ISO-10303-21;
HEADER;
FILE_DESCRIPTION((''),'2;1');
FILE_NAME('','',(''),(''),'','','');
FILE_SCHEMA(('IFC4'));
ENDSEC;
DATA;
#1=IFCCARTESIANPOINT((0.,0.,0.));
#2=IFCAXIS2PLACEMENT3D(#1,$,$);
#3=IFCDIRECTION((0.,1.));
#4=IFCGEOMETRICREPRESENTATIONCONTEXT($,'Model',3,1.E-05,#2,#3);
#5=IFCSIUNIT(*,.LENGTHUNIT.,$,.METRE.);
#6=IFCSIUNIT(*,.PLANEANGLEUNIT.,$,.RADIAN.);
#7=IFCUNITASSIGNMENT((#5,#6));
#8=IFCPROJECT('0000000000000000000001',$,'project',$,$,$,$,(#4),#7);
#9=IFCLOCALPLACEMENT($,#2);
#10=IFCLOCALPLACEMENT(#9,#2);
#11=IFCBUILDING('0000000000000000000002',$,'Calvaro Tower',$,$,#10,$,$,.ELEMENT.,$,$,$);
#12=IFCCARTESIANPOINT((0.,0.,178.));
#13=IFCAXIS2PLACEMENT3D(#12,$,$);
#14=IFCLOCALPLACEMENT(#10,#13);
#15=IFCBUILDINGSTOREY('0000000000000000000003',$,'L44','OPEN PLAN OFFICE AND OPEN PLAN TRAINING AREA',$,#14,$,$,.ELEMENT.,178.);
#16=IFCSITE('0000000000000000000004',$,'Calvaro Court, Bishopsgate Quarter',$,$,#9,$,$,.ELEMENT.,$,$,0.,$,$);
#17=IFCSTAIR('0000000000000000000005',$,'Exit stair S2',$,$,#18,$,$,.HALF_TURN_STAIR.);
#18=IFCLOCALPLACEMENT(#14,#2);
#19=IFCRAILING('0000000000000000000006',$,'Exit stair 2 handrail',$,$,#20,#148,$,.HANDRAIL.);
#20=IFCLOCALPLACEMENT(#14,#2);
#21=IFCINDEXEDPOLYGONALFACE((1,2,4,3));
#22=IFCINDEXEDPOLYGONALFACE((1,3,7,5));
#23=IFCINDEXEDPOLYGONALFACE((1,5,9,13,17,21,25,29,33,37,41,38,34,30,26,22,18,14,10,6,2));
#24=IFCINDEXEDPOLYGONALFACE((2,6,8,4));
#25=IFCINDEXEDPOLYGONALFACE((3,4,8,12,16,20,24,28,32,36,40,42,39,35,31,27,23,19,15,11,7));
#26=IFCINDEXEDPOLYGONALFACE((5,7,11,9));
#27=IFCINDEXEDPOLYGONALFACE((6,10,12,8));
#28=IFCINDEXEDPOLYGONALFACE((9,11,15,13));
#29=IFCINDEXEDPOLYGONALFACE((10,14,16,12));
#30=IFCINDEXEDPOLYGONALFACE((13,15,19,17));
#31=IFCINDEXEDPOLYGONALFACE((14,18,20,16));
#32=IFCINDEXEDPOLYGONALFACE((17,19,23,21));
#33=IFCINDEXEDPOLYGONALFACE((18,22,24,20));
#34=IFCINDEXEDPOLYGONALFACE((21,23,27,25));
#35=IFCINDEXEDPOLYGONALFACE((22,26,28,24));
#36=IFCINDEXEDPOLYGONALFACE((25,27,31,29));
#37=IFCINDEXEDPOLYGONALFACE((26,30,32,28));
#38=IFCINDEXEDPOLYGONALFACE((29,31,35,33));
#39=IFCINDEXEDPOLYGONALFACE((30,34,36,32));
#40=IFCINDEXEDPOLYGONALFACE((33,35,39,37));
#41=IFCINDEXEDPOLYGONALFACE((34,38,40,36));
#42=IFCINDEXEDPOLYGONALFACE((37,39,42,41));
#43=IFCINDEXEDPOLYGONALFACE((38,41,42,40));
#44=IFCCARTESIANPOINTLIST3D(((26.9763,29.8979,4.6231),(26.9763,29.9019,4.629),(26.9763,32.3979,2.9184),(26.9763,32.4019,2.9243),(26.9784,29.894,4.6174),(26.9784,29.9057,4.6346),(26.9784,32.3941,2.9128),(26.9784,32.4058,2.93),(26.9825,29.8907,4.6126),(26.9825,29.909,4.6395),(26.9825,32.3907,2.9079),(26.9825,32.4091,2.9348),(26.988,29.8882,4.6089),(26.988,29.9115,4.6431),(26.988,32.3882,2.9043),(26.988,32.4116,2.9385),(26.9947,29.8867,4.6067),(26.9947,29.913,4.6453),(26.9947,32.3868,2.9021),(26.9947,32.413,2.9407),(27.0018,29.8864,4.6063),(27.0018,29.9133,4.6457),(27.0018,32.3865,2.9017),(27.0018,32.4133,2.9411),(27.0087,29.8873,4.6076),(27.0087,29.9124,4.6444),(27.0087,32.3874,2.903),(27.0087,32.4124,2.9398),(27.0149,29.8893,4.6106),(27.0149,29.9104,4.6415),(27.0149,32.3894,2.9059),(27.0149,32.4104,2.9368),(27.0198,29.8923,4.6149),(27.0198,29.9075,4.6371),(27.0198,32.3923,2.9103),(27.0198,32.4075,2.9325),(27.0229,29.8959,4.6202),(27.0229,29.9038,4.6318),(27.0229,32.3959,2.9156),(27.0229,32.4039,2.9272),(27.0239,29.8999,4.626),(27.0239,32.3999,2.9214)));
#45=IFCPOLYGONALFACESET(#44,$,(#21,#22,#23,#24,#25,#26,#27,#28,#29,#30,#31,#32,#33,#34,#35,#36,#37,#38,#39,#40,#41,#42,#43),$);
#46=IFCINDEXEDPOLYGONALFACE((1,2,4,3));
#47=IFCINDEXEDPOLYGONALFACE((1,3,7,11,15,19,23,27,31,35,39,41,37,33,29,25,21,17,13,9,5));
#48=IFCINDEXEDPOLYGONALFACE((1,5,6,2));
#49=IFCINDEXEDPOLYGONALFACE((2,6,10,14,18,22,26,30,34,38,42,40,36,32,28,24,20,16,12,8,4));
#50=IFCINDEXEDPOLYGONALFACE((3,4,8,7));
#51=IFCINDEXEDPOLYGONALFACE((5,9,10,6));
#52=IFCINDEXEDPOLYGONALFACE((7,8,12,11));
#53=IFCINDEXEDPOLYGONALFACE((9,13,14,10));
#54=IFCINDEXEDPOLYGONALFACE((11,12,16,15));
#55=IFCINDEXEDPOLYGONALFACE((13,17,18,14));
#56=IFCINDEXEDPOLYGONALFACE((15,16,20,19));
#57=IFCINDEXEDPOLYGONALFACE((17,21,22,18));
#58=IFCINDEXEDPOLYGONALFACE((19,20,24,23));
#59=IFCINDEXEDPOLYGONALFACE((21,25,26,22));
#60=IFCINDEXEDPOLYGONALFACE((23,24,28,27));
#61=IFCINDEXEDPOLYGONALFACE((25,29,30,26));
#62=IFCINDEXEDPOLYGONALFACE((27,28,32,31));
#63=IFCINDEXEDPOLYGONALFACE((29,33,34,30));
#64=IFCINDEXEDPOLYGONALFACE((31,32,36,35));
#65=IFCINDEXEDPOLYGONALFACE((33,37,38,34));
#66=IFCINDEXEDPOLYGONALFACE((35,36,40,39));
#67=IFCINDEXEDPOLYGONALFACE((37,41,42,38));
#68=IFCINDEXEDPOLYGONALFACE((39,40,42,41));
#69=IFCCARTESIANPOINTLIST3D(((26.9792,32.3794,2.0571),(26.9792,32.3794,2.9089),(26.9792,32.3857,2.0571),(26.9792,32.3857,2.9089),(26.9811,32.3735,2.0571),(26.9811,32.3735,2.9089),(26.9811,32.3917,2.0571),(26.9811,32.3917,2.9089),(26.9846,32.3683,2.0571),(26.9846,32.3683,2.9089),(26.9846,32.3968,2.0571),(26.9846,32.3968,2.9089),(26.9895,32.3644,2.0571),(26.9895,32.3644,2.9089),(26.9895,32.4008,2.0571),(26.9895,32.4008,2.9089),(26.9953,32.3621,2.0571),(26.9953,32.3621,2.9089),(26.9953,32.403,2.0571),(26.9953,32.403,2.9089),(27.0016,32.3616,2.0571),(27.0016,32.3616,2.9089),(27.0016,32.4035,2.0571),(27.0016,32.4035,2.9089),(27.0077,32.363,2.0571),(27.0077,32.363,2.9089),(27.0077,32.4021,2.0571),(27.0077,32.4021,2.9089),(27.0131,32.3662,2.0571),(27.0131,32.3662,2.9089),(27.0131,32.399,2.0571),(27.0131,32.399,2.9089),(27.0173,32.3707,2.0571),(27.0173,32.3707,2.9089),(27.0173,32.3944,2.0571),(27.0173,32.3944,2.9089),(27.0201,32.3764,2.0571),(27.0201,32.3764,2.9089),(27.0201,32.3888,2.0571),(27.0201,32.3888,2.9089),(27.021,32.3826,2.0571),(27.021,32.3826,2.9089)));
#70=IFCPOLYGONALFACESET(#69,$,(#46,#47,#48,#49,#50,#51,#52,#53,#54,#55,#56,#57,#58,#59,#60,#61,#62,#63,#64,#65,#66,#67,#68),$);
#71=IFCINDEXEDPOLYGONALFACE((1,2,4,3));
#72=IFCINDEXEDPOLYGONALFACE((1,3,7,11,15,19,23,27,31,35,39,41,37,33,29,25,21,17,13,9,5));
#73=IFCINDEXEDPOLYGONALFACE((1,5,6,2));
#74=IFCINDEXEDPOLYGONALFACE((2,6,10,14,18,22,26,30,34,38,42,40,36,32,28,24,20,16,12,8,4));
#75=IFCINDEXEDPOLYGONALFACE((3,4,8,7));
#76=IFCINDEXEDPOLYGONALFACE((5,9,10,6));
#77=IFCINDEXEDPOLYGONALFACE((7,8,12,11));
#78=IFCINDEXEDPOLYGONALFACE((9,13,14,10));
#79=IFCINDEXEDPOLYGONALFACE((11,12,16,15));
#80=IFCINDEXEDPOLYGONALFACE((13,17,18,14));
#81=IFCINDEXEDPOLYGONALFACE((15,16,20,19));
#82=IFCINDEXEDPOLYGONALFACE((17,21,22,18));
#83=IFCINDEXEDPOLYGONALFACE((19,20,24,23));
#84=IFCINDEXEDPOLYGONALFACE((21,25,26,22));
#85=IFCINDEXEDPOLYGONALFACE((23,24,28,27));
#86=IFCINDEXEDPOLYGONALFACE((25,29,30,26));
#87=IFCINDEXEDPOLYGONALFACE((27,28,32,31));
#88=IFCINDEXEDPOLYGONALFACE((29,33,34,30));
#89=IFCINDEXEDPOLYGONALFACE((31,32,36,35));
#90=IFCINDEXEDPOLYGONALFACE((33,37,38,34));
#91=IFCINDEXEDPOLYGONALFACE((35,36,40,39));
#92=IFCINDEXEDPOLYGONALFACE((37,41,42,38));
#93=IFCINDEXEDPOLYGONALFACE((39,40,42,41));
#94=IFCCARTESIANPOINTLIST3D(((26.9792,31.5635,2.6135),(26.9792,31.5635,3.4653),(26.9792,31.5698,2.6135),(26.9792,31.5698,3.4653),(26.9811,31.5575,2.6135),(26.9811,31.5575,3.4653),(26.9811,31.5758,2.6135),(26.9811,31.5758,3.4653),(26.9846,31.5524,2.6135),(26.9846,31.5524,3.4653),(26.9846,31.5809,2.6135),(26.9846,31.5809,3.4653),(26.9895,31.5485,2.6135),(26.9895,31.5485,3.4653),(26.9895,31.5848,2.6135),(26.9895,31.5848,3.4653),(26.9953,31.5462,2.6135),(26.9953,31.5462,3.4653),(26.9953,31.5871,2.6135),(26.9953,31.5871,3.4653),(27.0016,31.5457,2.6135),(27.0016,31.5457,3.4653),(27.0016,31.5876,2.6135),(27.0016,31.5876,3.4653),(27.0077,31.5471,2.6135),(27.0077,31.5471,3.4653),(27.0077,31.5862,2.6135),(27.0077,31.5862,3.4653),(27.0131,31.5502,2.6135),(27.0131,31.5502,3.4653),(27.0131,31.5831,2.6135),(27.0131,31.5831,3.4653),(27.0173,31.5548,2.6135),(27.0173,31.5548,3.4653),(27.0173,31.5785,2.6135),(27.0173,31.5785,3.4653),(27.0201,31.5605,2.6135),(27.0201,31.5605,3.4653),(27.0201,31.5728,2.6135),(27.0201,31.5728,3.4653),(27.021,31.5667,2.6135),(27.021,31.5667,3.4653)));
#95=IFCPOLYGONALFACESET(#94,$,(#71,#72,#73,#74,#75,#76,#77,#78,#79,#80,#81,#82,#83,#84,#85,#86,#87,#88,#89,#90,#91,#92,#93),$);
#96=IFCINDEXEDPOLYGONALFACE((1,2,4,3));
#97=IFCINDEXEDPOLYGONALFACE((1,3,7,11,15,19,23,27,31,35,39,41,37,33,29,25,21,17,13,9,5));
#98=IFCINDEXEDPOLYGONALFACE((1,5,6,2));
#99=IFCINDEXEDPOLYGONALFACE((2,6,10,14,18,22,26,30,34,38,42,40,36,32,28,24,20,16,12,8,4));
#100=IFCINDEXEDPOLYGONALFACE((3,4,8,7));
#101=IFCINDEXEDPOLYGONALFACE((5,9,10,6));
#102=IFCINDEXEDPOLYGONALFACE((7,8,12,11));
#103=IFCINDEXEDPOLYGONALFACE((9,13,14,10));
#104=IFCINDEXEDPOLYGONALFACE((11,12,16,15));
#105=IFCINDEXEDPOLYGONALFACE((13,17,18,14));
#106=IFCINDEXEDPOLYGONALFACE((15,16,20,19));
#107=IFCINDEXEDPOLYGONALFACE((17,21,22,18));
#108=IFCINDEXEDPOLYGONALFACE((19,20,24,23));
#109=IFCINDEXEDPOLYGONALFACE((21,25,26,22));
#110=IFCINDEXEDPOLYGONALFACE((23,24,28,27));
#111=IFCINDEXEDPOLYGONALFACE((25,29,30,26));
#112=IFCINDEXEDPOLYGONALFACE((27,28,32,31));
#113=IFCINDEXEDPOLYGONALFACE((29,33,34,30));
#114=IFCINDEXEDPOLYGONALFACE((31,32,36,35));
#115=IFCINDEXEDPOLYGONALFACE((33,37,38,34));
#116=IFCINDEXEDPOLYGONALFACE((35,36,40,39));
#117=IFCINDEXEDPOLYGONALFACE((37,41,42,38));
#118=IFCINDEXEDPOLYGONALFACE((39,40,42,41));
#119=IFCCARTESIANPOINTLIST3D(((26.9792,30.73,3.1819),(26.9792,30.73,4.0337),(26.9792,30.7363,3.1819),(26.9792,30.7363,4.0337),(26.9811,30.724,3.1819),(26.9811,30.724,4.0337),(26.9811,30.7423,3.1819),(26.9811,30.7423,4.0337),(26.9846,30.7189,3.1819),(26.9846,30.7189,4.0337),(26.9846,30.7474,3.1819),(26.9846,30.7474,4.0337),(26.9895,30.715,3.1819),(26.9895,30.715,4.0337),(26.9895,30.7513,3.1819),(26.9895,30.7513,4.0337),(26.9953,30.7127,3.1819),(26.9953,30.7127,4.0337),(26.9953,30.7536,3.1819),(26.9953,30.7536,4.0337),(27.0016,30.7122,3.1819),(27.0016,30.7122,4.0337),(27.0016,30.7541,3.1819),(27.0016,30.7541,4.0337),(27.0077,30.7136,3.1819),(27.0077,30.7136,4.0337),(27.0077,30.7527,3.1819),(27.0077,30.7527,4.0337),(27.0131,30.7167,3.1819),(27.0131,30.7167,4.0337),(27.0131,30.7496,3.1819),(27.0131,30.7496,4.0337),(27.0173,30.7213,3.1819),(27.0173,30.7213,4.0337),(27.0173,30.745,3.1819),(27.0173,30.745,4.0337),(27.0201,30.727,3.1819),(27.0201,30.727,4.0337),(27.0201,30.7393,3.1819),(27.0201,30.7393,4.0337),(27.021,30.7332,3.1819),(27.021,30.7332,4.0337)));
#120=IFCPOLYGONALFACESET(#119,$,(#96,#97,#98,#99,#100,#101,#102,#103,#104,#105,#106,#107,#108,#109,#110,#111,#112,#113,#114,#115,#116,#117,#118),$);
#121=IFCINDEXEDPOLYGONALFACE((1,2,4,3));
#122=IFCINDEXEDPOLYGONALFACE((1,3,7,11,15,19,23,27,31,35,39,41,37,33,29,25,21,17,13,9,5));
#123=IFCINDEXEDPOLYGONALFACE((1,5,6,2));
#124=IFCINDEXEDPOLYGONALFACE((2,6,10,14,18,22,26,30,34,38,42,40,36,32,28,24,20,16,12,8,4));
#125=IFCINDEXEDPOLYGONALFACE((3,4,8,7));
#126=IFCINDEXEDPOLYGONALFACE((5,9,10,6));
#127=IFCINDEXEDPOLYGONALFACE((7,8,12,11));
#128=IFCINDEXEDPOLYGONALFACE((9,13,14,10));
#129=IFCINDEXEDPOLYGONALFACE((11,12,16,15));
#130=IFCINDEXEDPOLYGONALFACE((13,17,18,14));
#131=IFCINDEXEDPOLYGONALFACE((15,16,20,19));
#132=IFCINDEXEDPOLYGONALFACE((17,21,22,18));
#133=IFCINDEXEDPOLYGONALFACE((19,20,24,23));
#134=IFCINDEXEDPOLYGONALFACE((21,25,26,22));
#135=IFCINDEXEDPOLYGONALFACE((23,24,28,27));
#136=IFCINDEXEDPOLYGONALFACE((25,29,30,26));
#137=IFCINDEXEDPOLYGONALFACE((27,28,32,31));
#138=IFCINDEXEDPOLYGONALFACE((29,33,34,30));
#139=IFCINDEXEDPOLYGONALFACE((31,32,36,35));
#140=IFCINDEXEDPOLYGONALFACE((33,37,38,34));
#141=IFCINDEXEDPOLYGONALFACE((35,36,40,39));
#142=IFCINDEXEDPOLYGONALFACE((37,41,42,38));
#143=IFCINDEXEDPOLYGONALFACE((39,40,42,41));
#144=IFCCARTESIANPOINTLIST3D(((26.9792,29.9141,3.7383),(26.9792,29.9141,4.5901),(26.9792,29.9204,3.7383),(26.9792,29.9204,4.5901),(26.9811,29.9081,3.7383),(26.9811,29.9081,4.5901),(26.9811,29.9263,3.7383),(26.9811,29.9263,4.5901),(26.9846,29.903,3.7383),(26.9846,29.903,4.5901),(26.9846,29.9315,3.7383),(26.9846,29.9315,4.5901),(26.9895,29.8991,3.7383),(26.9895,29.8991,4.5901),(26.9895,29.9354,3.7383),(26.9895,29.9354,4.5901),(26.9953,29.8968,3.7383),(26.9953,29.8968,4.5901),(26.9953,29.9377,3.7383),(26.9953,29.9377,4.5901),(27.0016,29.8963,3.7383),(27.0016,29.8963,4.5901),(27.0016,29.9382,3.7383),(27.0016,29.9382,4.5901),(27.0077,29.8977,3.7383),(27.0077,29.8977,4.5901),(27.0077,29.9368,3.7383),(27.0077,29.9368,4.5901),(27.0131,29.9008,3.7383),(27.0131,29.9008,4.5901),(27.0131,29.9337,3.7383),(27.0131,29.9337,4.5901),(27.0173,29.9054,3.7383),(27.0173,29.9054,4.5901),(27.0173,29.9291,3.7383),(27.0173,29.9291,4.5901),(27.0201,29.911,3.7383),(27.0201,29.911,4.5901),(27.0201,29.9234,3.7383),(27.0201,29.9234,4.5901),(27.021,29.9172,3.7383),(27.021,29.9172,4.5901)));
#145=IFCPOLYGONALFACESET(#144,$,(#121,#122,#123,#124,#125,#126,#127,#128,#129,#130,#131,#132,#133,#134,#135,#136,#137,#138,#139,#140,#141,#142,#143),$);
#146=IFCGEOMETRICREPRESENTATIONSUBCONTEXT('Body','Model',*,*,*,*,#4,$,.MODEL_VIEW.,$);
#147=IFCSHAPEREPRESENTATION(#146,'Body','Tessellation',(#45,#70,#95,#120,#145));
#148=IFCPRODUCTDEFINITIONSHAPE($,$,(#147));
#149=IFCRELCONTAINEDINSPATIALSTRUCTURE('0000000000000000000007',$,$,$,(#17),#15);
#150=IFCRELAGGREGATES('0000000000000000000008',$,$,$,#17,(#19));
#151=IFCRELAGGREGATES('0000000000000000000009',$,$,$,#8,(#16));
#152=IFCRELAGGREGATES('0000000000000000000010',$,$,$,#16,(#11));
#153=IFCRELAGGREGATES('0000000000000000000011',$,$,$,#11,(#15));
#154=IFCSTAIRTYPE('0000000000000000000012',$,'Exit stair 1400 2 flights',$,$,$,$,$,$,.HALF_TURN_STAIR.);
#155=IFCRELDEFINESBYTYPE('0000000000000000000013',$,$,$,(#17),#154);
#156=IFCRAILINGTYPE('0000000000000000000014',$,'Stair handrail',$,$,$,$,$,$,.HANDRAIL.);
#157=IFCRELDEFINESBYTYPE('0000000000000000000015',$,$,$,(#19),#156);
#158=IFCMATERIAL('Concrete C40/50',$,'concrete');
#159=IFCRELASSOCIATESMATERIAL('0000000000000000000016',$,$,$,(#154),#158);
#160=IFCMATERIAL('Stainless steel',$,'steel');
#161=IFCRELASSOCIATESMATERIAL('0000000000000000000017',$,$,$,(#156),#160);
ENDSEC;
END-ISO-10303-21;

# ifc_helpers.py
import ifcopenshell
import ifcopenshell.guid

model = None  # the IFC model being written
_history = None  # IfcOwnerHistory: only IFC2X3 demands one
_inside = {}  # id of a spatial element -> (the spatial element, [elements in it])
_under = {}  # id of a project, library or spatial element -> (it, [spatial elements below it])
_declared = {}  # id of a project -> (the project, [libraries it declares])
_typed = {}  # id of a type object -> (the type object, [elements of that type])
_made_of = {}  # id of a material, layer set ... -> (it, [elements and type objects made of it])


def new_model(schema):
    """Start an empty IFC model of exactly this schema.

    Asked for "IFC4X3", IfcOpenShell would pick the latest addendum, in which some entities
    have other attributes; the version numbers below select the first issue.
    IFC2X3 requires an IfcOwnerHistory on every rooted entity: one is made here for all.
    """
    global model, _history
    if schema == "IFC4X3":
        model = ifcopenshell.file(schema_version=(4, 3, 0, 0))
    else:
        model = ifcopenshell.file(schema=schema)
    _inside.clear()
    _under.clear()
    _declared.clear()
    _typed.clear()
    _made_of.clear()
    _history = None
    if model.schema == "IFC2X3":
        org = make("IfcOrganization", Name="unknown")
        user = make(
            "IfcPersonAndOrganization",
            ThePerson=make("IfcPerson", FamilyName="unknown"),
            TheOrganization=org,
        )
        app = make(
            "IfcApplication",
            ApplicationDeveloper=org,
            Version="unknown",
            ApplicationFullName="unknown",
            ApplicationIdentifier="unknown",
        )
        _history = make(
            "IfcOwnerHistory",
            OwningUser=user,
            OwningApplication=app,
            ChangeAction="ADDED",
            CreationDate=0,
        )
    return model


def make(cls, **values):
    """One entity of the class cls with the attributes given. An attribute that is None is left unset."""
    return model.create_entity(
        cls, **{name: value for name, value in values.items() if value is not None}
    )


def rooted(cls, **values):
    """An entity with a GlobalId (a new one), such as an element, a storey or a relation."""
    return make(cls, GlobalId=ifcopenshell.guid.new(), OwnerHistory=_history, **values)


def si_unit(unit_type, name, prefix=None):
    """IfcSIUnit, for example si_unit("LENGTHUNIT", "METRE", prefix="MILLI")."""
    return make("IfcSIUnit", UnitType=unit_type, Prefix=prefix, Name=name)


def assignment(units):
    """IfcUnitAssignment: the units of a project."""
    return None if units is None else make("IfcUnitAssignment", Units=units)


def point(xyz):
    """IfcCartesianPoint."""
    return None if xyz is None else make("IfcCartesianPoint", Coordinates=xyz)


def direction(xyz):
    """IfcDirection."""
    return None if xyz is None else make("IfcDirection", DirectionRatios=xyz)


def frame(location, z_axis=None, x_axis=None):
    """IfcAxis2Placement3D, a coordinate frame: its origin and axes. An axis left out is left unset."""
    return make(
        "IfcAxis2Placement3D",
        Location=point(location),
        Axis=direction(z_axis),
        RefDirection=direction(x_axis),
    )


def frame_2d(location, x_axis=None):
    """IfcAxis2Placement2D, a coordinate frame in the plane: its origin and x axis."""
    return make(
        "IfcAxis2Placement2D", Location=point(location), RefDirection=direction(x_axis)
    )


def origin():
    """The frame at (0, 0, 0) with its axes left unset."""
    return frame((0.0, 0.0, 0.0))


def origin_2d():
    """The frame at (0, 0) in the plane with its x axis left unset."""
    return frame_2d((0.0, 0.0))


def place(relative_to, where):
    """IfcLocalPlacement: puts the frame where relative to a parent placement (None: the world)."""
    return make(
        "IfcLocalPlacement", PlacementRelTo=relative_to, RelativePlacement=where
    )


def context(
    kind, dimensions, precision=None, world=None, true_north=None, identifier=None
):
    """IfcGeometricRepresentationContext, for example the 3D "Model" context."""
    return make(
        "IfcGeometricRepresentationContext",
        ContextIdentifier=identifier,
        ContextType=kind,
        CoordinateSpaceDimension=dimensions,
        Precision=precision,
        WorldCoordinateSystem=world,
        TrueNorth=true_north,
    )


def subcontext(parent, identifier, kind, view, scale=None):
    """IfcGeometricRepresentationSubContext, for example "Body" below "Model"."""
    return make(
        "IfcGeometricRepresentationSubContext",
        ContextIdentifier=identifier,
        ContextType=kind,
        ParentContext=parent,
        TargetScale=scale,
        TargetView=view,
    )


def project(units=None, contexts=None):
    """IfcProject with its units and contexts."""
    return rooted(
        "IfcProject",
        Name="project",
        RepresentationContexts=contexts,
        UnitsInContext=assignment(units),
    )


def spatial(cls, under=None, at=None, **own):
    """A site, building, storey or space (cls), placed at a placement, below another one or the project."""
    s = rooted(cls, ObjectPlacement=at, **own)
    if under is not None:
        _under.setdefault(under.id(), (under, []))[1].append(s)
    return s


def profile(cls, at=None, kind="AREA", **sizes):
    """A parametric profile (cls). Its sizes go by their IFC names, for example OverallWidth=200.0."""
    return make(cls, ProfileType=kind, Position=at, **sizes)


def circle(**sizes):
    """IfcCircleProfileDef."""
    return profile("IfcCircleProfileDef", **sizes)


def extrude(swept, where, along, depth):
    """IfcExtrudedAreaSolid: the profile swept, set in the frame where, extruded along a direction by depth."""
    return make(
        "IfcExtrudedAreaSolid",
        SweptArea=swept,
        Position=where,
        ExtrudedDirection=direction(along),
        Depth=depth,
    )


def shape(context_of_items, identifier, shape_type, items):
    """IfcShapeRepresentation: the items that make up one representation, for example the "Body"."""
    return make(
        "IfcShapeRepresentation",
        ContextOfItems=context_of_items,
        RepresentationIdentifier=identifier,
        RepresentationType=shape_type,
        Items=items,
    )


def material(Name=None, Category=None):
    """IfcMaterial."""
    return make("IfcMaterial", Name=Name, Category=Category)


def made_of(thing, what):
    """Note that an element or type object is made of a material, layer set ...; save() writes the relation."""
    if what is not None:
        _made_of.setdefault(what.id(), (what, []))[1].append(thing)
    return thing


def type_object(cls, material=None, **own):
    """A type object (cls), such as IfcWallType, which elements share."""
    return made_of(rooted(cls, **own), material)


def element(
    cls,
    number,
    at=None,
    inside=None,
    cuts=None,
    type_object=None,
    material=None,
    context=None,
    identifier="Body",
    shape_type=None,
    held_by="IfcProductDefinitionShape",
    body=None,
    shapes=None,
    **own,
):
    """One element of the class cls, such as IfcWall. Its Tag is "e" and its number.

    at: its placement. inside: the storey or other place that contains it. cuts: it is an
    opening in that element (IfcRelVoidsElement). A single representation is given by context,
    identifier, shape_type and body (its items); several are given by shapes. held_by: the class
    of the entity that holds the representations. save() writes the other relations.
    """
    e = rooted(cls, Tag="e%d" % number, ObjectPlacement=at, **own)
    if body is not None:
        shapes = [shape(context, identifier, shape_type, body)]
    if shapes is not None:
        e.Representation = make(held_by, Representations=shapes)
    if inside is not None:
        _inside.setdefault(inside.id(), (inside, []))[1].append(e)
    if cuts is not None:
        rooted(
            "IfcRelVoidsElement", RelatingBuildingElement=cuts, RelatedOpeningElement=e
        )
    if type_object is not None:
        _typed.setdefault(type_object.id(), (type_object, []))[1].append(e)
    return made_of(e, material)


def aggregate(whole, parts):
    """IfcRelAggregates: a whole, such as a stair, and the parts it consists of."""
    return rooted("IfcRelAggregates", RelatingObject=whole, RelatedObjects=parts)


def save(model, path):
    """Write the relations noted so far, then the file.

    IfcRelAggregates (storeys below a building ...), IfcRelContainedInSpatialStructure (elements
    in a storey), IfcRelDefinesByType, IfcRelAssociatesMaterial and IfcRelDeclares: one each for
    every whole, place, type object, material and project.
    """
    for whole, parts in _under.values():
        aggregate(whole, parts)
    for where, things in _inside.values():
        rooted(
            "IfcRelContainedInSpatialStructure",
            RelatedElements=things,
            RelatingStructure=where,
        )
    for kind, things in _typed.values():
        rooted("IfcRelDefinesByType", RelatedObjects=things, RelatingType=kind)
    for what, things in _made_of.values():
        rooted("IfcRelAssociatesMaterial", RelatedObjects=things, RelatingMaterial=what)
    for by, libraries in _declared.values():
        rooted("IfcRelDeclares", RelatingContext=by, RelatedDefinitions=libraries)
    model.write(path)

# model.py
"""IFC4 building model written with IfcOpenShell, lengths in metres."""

from ifc_helpers import new_model, si_unit, direction, frame, origin, origin_2d, place, context, subcontext, project, spatial, circle, extrude, material, type_object, element, aggregate, save


model = new_model("IFC4")

# Units and contexts
model_context = context("Model", 3, precision=1e-05, world=origin(), true_north=direction((0.0, 1.0)))
body_context = subcontext(model_context, "Body", "Model", "MODEL_VIEW")
ifc_project = project(units=[si_unit("LENGTHUNIT", "METRE"), si_unit("PLANEANGLEUNIT", "RADIAN")], contexts=[model_context])

# Site, building, storey
site_placement = place(None, origin())
site = spatial("IfcSite", under=ifc_project, at=site_placement, Name="Calvaro Court, Bishopsgate Quarter", CompositionType="ELEMENT", RefElevation=0.0)
building_placement = place(site_placement, origin())
building = spatial("IfcBuilding", under=site, at=building_placement, Name="Calvaro Tower", CompositionType="ELEMENT")
storey_placement = place(building_placement, frame((0.0, 0.0, 178.0)))
storey = spatial("IfcBuildingStorey", under=building, at=storey_placement, Name="L44", Description="OPEN PLAN OFFICE AND OPEN PLAN TRAINING AREA", CompositionType="ELEMENT", Elevation=178.0)

# Stair, railing
ifc_material_1 = material(Name="Concrete C40/50", Category="concrete")
stair_type = type_object("IfcStairType", Name="Exit stair 1400 2 flights", PredefinedType="HALF_TURN_STAIR", material=ifc_material_1)
stair_placement = place(storey_placement, origin())
stair = element("IfcStair", 1, at=stair_placement, inside=storey, type_object=stair_type, Name="Exit stair S2", PredefinedType="HALF_TURN_STAIR")
ifc_material_2 = material(Name="Stainless steel", Category="steel")
railing_type = type_object("IfcRailingType", Name="Stair handrail", PredefinedType="HANDRAIL", material=ifc_material_2)
railing_1_placement = place(storey_placement, frame((27.0, 32.3999, 2.0454)))
railing_1 = element("IfcRailing", 2, at=railing_1_placement, type_object=railing_type, Name="Exit stair 2 handrail", PredefinedType="HANDRAIL", context=body_context, shape_type="SweptSolid", body=[
    extrude(circle(Radius=0.0239, at=origin_2d()), frame((0.0, 0.0, 0.876), z_axis=(0.0, -0.826221, 0.563347), x_axis=(1.0, 0.0, 0.0)), (0.0, 0.0, 1.0), 3.0259),
    extrude(circle(Radius=0.021, at=origin_2d()), frame((0.0, -0.0173, 0.0117)), (0.0, 0.0, 1.0), 0.8518),
    extrude(circle(Radius=0.021, at=origin_2d()), frame((0.0, -0.8333, 0.5681)), (0.0, 0.0, 1.0), 0.8518),
    extrude(circle(Radius=0.021, at=origin_2d()), frame((0.0, -1.6667, 1.1365)), (0.0, 0.0, 1.0), 0.8518),
    extrude(circle(Radius=0.021, at=origin_2d()), frame((0.0, -2.4827, 1.6929)), (0.0, 0.0, 1.0), 0.8518),
])
aggregate(stair, [railing_1])

save(model, "model.ifc")
